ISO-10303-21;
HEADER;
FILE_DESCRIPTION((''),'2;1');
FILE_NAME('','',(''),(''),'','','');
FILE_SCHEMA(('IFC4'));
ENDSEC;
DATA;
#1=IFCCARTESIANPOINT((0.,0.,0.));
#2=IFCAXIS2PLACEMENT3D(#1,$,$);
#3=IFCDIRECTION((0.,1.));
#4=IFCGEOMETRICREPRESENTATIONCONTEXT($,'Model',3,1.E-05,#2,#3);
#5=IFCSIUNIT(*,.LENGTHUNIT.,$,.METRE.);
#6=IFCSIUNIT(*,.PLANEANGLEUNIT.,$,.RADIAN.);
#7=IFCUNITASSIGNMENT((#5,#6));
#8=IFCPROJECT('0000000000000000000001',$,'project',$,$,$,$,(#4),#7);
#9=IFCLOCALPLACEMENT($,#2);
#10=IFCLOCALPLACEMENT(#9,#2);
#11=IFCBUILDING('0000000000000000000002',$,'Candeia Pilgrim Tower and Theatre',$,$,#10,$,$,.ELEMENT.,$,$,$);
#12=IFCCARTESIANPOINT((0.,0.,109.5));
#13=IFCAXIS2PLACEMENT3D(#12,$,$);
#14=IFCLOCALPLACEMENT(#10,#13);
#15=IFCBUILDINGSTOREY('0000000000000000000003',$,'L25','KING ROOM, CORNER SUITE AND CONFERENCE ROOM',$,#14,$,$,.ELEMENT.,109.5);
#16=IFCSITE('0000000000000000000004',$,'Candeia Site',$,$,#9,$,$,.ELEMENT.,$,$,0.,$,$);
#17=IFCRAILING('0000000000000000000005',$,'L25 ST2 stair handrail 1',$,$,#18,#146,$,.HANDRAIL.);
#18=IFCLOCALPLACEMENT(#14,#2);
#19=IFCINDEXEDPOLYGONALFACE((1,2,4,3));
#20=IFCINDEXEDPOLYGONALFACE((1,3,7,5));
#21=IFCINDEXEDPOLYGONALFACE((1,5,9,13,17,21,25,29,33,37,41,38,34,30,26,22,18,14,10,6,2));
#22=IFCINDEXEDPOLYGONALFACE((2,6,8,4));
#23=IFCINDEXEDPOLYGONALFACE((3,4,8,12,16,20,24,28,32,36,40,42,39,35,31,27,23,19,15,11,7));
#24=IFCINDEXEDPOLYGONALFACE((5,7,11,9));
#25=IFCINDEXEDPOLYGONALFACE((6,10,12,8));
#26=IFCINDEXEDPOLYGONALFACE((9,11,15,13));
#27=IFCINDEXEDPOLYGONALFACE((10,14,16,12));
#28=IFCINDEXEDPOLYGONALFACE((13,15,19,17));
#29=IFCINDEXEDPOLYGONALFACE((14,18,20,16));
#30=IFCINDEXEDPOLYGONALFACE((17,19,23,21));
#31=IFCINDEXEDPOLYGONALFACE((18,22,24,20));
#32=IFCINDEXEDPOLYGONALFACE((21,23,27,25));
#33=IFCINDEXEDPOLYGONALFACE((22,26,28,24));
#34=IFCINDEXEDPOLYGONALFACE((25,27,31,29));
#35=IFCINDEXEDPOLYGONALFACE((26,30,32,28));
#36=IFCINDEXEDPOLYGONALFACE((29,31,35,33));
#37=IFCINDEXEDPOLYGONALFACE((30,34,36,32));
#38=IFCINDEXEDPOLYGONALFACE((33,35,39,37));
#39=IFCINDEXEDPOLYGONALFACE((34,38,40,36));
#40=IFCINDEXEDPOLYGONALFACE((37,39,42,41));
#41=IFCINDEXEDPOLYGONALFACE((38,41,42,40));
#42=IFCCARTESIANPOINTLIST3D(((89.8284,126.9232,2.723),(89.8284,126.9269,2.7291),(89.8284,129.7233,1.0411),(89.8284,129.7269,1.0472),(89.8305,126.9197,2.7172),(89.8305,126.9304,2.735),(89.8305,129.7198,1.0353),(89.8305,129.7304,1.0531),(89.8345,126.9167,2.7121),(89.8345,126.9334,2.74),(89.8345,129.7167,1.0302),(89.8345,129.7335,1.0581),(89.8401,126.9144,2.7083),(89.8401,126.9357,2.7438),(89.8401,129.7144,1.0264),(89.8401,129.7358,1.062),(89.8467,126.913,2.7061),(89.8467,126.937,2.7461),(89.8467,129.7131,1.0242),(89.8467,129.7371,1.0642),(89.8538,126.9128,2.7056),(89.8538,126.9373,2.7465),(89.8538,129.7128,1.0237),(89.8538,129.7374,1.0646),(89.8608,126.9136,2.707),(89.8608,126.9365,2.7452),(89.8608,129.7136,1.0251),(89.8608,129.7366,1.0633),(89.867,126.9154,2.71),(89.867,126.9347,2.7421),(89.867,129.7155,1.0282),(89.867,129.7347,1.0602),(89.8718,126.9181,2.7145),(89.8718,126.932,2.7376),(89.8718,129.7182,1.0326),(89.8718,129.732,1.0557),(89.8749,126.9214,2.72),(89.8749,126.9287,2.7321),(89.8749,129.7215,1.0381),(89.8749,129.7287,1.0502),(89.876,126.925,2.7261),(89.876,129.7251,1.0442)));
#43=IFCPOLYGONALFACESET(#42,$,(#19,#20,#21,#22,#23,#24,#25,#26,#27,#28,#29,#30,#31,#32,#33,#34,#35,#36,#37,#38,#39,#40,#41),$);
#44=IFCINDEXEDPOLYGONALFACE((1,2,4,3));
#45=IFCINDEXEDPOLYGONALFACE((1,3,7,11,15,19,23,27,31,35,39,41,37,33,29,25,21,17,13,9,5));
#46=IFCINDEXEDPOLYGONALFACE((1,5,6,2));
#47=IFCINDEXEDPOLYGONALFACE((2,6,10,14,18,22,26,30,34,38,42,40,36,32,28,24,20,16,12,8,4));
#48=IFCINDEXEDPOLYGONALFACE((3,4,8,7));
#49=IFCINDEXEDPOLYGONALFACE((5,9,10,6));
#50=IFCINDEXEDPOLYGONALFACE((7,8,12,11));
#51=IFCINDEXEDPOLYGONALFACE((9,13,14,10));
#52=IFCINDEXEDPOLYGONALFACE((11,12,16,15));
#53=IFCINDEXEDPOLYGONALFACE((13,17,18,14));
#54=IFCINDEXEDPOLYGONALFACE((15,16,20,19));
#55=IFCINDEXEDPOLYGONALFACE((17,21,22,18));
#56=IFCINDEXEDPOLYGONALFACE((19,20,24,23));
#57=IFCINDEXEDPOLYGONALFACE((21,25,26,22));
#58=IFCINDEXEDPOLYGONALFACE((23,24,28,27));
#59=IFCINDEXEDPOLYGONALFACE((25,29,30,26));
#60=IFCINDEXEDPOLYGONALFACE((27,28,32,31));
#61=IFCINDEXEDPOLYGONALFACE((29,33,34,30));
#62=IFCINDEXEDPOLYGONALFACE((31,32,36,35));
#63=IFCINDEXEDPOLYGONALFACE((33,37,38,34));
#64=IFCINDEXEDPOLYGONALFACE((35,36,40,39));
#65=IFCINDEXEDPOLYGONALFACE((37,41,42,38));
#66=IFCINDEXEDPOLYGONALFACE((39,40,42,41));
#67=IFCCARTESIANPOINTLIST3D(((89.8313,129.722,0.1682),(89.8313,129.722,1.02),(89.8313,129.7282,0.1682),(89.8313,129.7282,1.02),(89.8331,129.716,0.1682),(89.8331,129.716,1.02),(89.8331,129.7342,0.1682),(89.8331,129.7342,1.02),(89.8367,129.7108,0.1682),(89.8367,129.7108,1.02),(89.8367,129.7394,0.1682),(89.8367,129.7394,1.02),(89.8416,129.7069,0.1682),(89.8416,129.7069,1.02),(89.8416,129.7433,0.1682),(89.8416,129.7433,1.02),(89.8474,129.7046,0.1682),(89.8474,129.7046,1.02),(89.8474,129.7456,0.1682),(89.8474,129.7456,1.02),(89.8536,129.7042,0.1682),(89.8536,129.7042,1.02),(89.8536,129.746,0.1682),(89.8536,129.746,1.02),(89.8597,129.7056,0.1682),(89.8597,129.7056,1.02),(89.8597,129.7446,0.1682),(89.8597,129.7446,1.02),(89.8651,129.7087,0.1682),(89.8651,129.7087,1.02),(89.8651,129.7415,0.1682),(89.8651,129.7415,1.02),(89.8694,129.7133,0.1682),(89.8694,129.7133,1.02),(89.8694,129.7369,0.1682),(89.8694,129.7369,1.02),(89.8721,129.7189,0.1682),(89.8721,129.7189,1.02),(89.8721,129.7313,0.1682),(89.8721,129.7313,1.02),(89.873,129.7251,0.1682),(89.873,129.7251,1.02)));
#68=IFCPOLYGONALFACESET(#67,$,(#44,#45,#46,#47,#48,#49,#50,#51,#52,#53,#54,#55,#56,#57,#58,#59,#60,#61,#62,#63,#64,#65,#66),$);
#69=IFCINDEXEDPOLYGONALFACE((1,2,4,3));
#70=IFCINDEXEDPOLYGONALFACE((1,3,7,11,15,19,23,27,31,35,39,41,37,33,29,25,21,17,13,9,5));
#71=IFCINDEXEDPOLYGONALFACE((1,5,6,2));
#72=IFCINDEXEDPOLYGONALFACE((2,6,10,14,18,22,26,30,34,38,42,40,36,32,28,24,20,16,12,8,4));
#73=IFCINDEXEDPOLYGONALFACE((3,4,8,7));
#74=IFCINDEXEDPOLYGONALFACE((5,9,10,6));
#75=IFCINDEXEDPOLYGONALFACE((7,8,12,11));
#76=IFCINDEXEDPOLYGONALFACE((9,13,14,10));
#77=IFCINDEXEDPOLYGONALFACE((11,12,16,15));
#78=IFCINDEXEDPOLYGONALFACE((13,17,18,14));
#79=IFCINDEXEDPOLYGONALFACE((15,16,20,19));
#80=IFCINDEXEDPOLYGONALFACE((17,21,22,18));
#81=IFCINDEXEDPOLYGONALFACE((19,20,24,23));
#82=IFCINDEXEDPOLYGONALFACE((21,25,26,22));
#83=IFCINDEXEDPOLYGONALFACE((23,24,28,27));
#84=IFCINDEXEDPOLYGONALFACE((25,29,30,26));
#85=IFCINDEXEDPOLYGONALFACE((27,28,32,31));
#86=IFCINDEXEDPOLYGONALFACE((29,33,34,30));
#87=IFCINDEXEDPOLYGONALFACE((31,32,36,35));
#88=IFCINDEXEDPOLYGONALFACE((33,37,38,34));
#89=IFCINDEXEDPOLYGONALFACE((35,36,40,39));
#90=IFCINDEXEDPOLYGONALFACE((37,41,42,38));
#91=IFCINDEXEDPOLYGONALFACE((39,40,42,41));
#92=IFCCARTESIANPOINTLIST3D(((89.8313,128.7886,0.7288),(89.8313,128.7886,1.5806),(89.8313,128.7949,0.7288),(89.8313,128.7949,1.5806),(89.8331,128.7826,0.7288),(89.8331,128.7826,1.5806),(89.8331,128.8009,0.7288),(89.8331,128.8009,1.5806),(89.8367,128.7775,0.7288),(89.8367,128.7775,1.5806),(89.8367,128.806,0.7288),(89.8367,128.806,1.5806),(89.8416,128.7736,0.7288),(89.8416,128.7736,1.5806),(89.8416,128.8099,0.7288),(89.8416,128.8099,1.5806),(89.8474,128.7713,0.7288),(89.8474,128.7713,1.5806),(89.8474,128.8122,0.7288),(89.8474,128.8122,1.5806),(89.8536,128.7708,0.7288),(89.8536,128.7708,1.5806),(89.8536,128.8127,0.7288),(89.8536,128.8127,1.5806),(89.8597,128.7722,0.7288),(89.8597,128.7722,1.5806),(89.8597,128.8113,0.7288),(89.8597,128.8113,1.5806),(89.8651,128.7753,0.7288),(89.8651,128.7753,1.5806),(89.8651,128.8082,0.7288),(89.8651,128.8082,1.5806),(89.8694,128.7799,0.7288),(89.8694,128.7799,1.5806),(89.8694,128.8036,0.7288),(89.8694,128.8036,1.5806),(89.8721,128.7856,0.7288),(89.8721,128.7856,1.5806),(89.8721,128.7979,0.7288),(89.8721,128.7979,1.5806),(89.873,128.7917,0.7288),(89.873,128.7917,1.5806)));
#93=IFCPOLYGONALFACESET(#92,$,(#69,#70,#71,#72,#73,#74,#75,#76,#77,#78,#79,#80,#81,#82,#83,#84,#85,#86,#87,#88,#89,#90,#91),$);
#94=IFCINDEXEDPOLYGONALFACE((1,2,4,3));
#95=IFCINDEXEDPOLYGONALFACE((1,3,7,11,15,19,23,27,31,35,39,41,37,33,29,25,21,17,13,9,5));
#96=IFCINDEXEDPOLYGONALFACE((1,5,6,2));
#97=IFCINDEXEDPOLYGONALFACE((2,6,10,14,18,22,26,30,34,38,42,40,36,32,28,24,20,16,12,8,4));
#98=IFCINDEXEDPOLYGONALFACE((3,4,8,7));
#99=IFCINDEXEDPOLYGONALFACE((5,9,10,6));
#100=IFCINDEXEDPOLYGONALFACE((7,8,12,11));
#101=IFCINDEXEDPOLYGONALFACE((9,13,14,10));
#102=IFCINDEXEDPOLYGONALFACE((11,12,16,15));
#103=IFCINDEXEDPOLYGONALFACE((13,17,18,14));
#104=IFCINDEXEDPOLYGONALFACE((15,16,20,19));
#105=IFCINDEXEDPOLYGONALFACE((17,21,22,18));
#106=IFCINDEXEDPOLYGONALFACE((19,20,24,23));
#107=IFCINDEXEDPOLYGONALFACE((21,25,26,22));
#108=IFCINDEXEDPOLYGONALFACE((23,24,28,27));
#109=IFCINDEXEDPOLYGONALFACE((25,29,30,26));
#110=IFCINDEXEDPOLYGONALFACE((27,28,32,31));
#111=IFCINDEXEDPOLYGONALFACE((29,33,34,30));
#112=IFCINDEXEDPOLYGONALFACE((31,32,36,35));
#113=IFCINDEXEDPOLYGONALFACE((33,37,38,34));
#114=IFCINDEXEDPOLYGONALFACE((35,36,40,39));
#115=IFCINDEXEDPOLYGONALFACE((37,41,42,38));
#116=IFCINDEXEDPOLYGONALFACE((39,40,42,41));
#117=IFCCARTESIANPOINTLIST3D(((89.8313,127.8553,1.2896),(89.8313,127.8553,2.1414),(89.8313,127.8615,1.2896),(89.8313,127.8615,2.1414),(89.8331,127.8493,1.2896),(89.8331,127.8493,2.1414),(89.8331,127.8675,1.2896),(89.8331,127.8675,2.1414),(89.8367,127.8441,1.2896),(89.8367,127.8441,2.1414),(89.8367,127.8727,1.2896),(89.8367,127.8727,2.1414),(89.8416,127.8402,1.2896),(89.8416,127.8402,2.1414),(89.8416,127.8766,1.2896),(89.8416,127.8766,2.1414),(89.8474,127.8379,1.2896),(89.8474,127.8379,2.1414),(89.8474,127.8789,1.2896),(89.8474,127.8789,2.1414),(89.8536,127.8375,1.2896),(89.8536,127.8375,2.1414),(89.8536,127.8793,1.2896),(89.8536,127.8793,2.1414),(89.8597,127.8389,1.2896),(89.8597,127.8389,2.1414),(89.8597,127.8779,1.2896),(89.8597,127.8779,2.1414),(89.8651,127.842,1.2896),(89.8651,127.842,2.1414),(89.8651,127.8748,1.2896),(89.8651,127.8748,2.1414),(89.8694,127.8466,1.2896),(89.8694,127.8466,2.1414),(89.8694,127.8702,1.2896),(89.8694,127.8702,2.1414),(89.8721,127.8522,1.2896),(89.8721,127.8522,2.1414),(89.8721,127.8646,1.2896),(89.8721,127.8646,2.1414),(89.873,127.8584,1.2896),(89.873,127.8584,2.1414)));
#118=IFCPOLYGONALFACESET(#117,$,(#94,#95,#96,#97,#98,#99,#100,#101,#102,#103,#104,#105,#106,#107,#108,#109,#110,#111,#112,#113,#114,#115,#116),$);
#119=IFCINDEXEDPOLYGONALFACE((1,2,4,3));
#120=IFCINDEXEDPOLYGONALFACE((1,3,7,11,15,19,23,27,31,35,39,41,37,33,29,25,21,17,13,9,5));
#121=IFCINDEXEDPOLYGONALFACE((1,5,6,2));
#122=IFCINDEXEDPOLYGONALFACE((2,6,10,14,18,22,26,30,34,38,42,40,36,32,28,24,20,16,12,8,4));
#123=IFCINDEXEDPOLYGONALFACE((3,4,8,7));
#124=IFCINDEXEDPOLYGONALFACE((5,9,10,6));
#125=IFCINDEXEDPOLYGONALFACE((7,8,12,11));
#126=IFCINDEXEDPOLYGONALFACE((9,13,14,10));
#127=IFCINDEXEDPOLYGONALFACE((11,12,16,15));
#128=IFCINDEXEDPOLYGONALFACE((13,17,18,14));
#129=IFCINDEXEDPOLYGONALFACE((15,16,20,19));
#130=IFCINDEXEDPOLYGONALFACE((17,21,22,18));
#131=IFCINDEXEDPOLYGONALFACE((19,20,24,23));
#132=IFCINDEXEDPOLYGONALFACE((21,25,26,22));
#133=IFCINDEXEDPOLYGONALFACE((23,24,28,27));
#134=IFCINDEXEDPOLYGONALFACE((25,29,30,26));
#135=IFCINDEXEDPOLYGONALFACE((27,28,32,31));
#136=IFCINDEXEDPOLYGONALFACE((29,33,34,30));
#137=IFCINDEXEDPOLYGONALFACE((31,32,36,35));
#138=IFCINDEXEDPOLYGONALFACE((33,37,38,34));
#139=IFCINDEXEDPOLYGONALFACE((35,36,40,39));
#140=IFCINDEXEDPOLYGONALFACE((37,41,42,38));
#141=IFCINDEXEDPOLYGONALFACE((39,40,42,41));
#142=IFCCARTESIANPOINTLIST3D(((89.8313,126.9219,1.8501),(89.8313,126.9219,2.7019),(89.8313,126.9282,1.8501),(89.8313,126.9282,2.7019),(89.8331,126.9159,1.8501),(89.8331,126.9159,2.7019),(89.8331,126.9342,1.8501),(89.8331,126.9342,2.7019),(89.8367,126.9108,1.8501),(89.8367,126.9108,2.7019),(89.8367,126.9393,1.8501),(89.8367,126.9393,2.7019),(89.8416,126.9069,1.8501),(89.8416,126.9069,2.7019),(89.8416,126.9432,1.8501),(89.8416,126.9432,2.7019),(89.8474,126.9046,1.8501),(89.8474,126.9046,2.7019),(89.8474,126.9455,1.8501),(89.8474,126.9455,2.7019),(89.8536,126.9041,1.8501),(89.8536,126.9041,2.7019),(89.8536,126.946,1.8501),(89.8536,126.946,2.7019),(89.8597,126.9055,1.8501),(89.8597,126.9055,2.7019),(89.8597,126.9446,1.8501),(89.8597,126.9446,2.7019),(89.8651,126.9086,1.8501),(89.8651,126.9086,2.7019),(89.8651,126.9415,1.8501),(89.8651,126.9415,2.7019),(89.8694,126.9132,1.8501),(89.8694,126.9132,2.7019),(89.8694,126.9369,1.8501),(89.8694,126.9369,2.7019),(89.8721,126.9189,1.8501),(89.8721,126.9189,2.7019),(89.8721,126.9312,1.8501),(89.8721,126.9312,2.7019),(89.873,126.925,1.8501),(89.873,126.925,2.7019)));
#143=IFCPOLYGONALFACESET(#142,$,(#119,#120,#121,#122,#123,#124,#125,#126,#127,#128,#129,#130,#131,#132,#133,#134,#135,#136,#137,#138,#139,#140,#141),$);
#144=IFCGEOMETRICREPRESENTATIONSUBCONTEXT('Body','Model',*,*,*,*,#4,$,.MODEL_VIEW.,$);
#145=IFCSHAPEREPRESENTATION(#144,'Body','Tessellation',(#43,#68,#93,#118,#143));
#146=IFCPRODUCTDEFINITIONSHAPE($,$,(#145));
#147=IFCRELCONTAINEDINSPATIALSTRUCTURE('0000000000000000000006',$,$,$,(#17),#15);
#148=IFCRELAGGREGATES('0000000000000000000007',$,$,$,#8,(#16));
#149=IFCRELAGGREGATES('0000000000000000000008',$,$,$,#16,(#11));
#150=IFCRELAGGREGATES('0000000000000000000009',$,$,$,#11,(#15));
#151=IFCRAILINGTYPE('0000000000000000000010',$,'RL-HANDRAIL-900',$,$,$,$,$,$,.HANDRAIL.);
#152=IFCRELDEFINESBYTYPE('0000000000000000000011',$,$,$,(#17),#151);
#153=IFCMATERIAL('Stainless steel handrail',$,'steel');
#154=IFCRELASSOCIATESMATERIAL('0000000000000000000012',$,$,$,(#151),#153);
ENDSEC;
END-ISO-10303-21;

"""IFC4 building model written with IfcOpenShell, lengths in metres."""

from ifc_helpers import new_model, si_unit, direction, frame, origin, origin_2d, place, context, subcontext, project, spatial, circle, extrude, material, type_object, element, save


model = new_model("IFC4")

# Units and contexts
model_context = context("Model", 3, precision=1e-05, world=origin(), true_north=direction((0.0, 1.0)))
body_context = subcontext(model_context, "Body", "Model", "MODEL_VIEW")
ifc_project = project(units=[si_unit("LENGTHUNIT", "METRE"), si_unit("PLANEANGLEUNIT", "RADIAN")], contexts=[model_context])

# Site, building, storey
site_placement = place(None, origin())
site = spatial("IfcSite", under=ifc_project, at=site_placement, Name="Candeia Site", CompositionType="ELEMENT", RefElevation=0.0)
building_placement = place(site_placement, origin())
building = spatial("IfcBuilding", under=site, at=building_placement, Name="Candeia Pilgrim Tower and Theatre", CompositionType="ELEMENT")
storey_placement = place(building_placement, frame((0.0, 0.0, 109.5)))
storey = spatial("IfcBuildingStorey", under=building, at=storey_placement, Name="L25", Description="KING ROOM, CORNER SUITE AND CONFERENCE ROOM", CompositionType="ELEMENT", Elevation=109.5)

# Railing
ifc_material_1 = material(Name="Stainless steel handrail", Category="steel")
railing_type_1 = type_object("IfcRailingType", Name="RL-HANDRAIL-900", PredefinedType="HANDRAIL", material=ifc_material_1)
for number, where, name in (
    (1, (89.8521, 129.7251, 0.1682), "L25 ST2 stair handrail 1"),
):
    element("IfcRailing", number, at=place(storey_placement, frame(where)), inside=storey, type_object=railing_type_1, Name=name, PredefinedType="HANDRAIL", context=body_context, shape_type="SweptSolid", body=[
        extrude(circle(Radius=0.0239, at=origin_2d()), frame((0.0, 0.0, 0.876), z_axis=(0.0, -0.857242, 0.514913), x_axis=(1.0, 0.0, 0.0)), (0.0, 0.0, 1.0), 3.2664),
        extrude(circle(Radius=0.021, at=origin_2d()), origin(), (0.0, 0.0, 1.0), 0.8518),
        extrude(circle(Radius=0.021, at=origin_2d()), frame((0.0, -0.9333, 0.5605)), (0.0, 0.0, 1.0), 0.8518),
        extrude(circle(Radius=0.021, at=origin_2d()), frame((0.0, -1.8667, 1.1213)), (0.0, 0.0, 1.0), 0.8518),
        extrude(circle(Radius=0.021, at=origin_2d()), frame((0.0, -2.8, 1.6819)), (0.0, 0.0, 1.0), 0.8518),
    ])

save(model, "model.ifc")
